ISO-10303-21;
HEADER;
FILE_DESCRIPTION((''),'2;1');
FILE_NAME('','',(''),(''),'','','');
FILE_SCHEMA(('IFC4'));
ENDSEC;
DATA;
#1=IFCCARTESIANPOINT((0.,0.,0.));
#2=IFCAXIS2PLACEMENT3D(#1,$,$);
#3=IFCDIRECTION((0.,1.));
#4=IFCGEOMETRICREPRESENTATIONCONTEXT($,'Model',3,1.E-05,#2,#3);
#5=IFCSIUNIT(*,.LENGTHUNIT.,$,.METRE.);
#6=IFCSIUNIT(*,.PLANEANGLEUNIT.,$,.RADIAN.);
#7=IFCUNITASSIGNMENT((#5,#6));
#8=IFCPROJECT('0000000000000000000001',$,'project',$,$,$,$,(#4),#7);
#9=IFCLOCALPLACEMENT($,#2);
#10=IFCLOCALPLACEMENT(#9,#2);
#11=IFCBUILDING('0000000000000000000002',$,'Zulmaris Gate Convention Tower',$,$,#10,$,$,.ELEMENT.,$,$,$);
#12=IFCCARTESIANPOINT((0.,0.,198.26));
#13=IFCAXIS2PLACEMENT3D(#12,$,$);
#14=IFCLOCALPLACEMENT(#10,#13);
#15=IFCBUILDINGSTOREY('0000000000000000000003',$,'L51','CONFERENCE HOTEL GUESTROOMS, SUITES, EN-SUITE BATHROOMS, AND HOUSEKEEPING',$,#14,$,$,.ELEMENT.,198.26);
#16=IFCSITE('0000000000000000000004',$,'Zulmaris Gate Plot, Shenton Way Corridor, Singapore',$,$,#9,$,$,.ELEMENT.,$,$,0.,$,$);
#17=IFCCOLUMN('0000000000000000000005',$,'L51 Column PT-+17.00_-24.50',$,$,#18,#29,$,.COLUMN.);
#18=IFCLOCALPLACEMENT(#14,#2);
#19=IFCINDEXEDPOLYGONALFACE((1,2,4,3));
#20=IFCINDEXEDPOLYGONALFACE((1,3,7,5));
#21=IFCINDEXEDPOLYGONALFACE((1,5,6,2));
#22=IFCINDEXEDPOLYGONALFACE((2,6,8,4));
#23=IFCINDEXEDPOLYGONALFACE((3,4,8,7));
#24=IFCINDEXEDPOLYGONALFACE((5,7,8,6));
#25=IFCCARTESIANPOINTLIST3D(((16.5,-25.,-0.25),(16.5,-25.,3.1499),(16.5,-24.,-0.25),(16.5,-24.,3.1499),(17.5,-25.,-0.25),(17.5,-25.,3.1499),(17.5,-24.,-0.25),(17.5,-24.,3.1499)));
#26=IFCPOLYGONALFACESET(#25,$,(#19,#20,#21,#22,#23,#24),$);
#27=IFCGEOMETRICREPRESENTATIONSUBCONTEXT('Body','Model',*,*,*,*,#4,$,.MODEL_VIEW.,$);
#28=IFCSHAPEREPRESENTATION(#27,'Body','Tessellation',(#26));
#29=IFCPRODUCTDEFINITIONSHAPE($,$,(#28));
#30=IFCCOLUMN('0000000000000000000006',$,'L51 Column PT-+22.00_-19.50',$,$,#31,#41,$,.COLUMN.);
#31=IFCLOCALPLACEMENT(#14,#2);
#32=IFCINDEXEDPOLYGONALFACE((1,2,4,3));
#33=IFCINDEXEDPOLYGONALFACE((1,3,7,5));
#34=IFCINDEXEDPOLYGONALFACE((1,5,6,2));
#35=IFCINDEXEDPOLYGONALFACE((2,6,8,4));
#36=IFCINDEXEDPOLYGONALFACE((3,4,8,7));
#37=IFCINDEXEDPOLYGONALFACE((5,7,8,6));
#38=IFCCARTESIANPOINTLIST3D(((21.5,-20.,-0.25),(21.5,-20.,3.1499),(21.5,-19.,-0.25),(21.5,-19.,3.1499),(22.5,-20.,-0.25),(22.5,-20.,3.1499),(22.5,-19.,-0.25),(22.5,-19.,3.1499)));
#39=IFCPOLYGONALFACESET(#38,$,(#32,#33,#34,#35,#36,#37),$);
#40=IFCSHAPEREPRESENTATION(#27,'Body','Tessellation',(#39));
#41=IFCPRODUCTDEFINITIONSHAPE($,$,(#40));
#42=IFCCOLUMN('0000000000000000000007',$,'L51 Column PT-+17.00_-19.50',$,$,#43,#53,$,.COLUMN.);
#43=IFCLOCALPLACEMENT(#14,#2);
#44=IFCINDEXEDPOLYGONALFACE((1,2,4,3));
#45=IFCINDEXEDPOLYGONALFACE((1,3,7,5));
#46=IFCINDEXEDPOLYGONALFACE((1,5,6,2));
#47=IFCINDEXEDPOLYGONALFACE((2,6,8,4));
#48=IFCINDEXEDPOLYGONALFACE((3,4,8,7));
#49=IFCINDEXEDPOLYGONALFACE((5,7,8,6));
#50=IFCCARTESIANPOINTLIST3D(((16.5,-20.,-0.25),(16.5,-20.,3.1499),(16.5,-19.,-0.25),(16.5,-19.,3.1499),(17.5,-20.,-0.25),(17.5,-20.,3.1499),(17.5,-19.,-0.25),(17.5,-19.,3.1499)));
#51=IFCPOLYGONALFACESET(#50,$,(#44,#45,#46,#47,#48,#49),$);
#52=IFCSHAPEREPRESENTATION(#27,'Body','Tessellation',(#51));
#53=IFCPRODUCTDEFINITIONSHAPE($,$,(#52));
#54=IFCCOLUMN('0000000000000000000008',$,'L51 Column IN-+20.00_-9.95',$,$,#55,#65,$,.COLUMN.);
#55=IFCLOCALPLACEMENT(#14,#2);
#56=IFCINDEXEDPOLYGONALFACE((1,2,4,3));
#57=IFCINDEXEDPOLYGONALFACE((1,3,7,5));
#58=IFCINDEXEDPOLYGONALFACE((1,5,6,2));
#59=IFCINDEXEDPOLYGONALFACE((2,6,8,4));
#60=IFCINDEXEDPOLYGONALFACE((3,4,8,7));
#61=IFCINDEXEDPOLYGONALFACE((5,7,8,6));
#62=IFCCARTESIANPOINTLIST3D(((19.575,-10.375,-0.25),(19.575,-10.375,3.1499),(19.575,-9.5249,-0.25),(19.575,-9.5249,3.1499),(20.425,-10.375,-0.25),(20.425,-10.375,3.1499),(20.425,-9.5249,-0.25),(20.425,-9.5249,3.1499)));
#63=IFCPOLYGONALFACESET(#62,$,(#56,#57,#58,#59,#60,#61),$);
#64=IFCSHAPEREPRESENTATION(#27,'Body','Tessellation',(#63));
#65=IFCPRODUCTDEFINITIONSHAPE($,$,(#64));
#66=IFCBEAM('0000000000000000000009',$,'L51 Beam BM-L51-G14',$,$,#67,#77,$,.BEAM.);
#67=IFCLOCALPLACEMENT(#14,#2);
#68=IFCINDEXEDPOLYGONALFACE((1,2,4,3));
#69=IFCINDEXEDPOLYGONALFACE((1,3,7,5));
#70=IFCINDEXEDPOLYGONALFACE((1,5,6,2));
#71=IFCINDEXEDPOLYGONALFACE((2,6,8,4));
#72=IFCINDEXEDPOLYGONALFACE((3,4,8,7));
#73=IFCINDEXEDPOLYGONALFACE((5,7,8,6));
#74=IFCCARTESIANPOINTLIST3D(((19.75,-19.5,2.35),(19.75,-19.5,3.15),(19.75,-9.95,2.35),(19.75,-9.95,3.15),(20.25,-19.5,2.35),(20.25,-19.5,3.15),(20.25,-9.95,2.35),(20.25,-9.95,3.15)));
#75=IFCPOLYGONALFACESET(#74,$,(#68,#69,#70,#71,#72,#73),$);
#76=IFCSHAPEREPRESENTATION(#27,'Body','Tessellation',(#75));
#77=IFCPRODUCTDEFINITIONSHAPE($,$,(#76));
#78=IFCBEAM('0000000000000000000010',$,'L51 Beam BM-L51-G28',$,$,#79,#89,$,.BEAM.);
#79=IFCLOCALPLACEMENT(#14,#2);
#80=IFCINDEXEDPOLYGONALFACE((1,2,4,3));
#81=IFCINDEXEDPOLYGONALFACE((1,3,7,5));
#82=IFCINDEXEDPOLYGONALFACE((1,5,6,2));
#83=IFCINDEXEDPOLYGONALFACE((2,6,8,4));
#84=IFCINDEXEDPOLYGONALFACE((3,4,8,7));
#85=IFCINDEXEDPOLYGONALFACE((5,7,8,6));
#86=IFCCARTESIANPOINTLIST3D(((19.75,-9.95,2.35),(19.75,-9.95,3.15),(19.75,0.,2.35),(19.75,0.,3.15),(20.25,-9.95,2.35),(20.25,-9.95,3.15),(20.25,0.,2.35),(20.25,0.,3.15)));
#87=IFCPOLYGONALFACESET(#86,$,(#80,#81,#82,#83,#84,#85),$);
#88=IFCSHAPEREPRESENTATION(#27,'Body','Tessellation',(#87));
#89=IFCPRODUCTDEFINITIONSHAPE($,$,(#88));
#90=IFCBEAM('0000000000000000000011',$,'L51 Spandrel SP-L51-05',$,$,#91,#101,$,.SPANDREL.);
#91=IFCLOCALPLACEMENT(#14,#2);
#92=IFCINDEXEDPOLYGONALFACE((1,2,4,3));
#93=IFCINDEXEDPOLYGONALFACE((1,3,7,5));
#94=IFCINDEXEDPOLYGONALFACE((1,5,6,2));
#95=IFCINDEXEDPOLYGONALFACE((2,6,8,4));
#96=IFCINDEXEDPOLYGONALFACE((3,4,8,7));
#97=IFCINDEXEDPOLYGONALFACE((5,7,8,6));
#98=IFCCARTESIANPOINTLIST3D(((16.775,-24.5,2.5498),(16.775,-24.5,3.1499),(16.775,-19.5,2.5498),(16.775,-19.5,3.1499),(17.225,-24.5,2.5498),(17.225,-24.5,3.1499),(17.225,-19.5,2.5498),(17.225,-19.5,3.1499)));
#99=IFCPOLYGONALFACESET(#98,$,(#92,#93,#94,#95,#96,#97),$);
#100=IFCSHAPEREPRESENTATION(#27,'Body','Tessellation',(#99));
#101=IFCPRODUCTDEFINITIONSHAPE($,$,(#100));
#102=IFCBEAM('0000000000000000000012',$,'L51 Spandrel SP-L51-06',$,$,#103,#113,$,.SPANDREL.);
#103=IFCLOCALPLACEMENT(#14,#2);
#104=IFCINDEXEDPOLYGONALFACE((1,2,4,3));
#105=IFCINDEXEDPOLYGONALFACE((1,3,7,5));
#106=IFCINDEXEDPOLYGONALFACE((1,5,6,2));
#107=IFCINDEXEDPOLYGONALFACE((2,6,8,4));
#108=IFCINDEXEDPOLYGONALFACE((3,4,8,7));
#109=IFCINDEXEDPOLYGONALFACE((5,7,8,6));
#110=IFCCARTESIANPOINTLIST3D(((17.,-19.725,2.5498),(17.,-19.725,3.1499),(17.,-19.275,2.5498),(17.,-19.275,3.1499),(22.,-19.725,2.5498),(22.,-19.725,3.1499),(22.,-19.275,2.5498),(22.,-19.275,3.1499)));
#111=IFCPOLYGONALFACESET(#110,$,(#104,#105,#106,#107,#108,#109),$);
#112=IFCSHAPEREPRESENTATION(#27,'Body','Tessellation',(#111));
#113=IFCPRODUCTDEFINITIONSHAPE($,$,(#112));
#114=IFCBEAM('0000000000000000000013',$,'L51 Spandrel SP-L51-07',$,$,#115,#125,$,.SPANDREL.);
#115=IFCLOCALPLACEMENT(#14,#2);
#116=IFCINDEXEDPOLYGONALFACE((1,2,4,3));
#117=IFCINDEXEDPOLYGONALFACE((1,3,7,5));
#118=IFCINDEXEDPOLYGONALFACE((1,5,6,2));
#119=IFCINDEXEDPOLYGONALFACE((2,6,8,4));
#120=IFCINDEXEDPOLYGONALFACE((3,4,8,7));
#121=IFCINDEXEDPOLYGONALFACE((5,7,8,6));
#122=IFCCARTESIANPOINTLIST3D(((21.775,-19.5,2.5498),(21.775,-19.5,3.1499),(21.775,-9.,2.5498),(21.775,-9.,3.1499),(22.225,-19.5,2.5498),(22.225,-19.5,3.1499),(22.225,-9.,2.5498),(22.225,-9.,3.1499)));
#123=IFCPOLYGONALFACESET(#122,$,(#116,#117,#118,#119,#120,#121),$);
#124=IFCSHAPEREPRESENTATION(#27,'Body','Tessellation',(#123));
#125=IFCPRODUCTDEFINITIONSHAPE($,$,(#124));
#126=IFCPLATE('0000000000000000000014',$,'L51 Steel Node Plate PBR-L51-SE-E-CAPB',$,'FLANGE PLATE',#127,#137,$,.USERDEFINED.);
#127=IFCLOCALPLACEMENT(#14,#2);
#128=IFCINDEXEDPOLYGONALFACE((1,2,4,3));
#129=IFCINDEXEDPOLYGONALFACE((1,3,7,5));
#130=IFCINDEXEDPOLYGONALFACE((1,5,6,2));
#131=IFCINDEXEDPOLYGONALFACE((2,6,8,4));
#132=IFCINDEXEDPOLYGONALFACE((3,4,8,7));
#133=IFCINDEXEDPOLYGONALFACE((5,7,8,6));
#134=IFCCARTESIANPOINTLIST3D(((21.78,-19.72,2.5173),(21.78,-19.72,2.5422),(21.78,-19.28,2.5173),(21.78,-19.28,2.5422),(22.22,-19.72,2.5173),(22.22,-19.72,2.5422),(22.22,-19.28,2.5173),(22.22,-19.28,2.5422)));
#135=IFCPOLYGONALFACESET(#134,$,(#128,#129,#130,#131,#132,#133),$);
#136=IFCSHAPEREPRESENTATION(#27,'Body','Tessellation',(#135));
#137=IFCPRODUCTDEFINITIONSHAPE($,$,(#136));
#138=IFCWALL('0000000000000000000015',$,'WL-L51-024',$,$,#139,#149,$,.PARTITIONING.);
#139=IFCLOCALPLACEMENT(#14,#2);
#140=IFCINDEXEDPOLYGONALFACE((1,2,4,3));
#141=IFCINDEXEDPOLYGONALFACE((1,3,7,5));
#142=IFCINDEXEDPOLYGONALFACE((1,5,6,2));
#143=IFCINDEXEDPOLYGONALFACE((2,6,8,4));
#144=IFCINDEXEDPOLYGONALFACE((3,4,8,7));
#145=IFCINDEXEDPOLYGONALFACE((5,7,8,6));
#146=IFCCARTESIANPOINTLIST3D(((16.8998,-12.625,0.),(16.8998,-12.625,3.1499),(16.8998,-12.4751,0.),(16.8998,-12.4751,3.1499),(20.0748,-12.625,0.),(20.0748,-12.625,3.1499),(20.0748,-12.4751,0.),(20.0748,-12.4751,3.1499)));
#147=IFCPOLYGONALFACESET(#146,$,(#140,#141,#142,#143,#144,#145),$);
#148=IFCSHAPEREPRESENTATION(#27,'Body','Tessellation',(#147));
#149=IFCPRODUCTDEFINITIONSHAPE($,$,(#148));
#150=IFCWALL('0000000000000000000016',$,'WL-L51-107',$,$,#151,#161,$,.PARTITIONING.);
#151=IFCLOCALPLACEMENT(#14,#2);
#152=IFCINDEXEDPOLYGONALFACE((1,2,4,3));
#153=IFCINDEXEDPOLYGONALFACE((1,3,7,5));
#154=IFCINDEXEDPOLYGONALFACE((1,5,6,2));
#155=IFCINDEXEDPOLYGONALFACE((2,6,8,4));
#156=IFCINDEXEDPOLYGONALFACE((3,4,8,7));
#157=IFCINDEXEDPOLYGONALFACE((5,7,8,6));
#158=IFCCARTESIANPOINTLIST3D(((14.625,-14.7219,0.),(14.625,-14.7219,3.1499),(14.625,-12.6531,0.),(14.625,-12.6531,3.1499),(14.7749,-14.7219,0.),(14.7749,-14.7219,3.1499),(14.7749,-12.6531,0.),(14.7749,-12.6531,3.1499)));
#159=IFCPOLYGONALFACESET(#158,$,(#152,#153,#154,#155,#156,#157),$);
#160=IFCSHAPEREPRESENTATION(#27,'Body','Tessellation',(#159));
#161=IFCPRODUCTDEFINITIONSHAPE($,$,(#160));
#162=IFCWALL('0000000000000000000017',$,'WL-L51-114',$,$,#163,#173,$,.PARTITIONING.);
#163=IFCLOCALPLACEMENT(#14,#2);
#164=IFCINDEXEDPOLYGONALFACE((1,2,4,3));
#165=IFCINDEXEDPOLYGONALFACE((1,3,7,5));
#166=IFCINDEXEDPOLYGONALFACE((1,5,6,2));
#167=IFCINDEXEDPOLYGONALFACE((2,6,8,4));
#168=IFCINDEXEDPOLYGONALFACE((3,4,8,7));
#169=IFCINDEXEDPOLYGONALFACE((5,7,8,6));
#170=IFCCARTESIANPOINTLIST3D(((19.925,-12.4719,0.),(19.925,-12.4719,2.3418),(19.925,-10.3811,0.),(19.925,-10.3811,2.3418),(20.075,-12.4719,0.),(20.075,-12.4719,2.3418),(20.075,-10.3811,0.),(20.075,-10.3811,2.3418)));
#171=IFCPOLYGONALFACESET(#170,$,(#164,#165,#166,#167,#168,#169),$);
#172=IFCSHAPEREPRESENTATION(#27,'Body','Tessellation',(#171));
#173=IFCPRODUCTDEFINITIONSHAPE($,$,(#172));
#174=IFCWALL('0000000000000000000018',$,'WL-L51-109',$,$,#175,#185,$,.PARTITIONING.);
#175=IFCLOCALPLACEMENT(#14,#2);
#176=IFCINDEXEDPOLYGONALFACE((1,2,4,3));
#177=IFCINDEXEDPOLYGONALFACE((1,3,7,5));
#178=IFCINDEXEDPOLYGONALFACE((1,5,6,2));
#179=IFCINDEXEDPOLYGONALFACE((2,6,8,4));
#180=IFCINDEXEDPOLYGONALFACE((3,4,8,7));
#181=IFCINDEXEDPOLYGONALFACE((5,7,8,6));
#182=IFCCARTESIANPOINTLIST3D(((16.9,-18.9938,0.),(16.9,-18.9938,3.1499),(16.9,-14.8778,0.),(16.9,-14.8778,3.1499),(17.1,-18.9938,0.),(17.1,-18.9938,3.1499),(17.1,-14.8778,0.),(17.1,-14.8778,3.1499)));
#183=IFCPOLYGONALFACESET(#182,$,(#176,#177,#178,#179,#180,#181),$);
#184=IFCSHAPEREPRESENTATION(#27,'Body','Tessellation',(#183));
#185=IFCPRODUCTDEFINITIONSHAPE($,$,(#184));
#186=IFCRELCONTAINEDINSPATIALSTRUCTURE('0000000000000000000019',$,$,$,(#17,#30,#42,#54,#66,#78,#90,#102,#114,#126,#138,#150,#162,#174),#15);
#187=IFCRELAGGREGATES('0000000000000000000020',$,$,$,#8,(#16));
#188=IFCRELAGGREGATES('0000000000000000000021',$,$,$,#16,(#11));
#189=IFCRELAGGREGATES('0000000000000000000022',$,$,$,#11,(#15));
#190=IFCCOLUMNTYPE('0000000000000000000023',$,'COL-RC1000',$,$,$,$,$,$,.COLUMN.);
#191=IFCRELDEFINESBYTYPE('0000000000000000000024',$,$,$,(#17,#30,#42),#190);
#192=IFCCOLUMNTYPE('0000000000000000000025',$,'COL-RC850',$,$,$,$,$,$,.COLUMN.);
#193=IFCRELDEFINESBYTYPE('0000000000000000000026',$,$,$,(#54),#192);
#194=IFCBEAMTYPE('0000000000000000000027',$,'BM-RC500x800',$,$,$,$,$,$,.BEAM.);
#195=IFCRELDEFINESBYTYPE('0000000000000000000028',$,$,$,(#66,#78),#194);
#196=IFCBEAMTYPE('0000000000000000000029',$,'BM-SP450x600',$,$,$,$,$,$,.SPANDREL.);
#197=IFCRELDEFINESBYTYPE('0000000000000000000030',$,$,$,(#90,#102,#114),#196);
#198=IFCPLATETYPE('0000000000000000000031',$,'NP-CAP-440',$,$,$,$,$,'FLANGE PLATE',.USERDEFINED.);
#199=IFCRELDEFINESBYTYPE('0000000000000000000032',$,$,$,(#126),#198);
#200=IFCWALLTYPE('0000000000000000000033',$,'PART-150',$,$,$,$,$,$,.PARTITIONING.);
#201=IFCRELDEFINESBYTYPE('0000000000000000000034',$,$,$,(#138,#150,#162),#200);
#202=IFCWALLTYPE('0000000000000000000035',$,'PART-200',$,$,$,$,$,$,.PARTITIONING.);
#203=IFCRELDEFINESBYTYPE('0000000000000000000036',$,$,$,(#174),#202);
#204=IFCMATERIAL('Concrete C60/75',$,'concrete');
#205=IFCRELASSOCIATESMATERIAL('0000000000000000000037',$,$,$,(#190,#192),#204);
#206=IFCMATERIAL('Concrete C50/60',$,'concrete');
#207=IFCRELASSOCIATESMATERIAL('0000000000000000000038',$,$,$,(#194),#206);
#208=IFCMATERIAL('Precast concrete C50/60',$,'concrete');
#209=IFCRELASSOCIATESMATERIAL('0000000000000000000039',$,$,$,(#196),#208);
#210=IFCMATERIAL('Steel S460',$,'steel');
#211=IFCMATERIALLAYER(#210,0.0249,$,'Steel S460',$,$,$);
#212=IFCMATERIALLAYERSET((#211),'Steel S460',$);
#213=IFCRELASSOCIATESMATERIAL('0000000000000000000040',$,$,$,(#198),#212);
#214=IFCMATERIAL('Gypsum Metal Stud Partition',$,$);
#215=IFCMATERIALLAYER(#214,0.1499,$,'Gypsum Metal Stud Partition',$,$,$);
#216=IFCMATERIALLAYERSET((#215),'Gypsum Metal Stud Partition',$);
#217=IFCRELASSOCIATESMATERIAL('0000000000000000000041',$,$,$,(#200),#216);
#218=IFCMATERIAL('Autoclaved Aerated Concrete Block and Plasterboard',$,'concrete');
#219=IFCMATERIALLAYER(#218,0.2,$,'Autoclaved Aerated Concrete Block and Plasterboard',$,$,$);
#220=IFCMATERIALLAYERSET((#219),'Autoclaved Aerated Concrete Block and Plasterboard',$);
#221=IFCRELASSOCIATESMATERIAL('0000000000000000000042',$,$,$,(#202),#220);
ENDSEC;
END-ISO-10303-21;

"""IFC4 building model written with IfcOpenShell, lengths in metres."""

from ifc_helpers import new_model, si_unit, direction, frame, frame_2d, origin, origin_2d, place, context, subcontext, project, spatial, rectangle, extrude, material, layer, layer_set, material_profile, profile_set, type_object, element, save


model = new_model("IFC4")

# Units and contexts
model_context = context("Model", 3, precision=1e-05, world=origin(), true_north=direction((0.0, 1.0)))
body_context = subcontext(model_context, "Body", "Model", "MODEL_VIEW")
ifc_project = project(units=[si_unit("LENGTHUNIT", "METRE"), si_unit("PLANEANGLEUNIT", "RADIAN")], contexts=[model_context])

# Site, building, storey
site_placement = place(None, origin())
site = spatial("IfcSite", under=ifc_project, at=site_placement, Name="Zulmaris Gate Plot, Shenton Way Corridor, Singapore", CompositionType="ELEMENT", RefElevation=0.0)
building_placement = place(site_placement, origin())
building = spatial("IfcBuilding", under=site, at=building_placement, Name="Zulmaris Gate Convention Tower", CompositionType="ELEMENT")
storey_placement = place(building_placement, frame((0.0, 0.0, 198.26)))
storey = spatial("IfcBuildingStorey", under=building, at=storey_placement, Name="L51", Description="CONFERENCE HOTEL GUESTROOMS, SUITES, EN-SUITE BATHROOMS, AND HOUSEKEEPING", CompositionType="ELEMENT", Elevation=198.26)

# Columns
ifc_material_1 = material(Name="Concrete C60/75", Category="concrete")
ifc_material_profile_1 = material_profile(ifc_material_1, rectangle(XDim=1.0, YDim=1.0, at=origin_2d()), Name="RC COL 1000x1000")
ifc_profile_set_1 = profile_set([ifc_material_profile_1], Name="Concrete C60/75")
column_type_1 = type_object("IfcColumnType", Name="COL-RC1000", PredefinedType="COLUMN", material=ifc_profile_set_1)
for number, where, z_axis, x_axis, name in (
    (1, (17.0, -24.5, -0.25), (0.0, 0.0, 1.0), (1.0, 0.0, 0.0), "L51 Column PT-+17.00_-24.50"),
    (2, (22.0, -19.5, -0.25), (0.0, 0.0, 1.0), (1.0, 0.0, 0.0), "L51 Column PT-+22.00_-19.50"),
    (3, (17.0, -19.5, -0.25), (0.0, 0.0, 1.0), (1.0, 0.0, 0.0), "L51 Column PT-+17.00_-19.50"),
):
    element("IfcColumn", number, at=place(storey_placement, frame(where, z_axis=z_axis, x_axis=x_axis)), inside=storey, type_object=column_type_1, Name=name, PredefinedType="COLUMN", context=body_context, shape_type="SweptSolid", body=[
        extrude(rectangle(XDim=1.0, YDim=1.0, at=origin_2d()), origin(), (0.0, 0.0, 1.0), 3.3999),
    ])
ifc_material_profile_2 = material_profile(ifc_material_1, rectangle(XDim=0.8501, YDim=0.8501, at=origin_2d()), Name="RC COL 850x850")
ifc_profile_set_2 = profile_set([ifc_material_profile_2], Name="Concrete C60/75")
column_type_2 = type_object("IfcColumnType", Name="COL-RC850", PredefinedType="COLUMN", material=ifc_profile_set_2)
column_placement = place(storey_placement, frame((20.0, -9.95, -0.25), z_axis=(0.0, 0.0, 1.0), x_axis=(1.0, 0.0, 0.0)))
element("IfcColumn", 4, at=column_placement, inside=storey, type_object=column_type_2, Name="L51 Column IN-+20.00_-9.95", PredefinedType="COLUMN", context=body_context, shape_type="SweptSolid", body=[
    extrude(rectangle(XDim=0.8501, YDim=0.8501, at=origin_2d()), origin(), (0.0, 0.0, 1.0), 3.3999),
])

# Beams
ifc_material_2 = material(Name="Concrete C50/60", Category="concrete")
ifc_material_profile_3 = material_profile(ifc_material_2, rectangle(XDim=0.5, YDim=0.8, at=origin_2d()), Name="RC BEAM 500x800")
ifc_profile_set_3 = profile_set([ifc_material_profile_3], Name="Concrete C50/60")
beam_type_1 = type_object("IfcBeamType", Name="BM-RC500x800", PredefinedType="BEAM", material=ifc_profile_set_3)
beam_1_placement = place(storey_placement, frame((20.0, -19.5, 2.75), z_axis=(0.0, 1.0, 0.0), x_axis=(-1.0, 0.0, 0.0)))
element("IfcBeam", 5, at=beam_1_placement, inside=storey, type_object=beam_type_1, Name="L51 Beam BM-L51-G14", PredefinedType="BEAM", context=body_context, shape_type="SweptSolid", body=[
    extrude(rectangle(XDim=0.5, YDim=0.8, at=origin_2d()), origin(), (0.0, 0.0, 1.0), 9.55),
])
beam_2_placement = place(storey_placement, frame((20.0, -9.95, 2.75), z_axis=(0.0, 1.0, 0.0), x_axis=(-1.0, 0.0, 0.0)))
element("IfcBeam", 6, at=beam_2_placement, inside=storey, type_object=beam_type_1, Name="L51 Beam BM-L51-G28", PredefinedType="BEAM", context=body_context, shape_type="SweptSolid", body=[
    extrude(rectangle(XDim=0.5, YDim=0.8, at=origin_2d()), origin(), (0.0, 0.0, 1.0), 9.95),
])
ifc_material_3 = material(Name="Precast concrete C50/60", Category="concrete")
ifc_material_profile_4 = material_profile(ifc_material_3, rectangle(XDim=0.45, YDim=0.6001, at=origin_2d()), Name="RC SPANDREL 450x600")
ifc_profile_set_4 = profile_set([ifc_material_profile_4], Name="Precast concrete C50/60")
beam_type_2 = type_object("IfcBeamType", Name="BM-SP450x600", PredefinedType="SPANDREL", material=ifc_profile_set_4)
for number, where, z_axis, x_axis, name in (
    (7, (17.0, -24.5, 2.8499), (0.0, 1.0, 0.0), (-1.0, 0.0, 0.0), "L51 Spandrel SP-L51-05"),
    (8, (17.0, -19.5, 2.8499), (1.0, 0.0, 0.0), (0.0, 1.0, 0.0), "L51 Spandrel SP-L51-06"),
):
    element("IfcBeam", number, at=place(storey_placement, frame(where, z_axis=z_axis, x_axis=x_axis)), inside=storey, type_object=beam_type_2, Name=name, PredefinedType="SPANDREL", context=body_context, shape_type="SweptSolid", body=[
        extrude(rectangle(XDim=0.45, YDim=0.6001, at=origin_2d()), origin(), (0.0, 0.0, 1.0), 5.0),
    ])
beam_3_placement = place(storey_placement, frame((22.0, -19.5, 2.8499), z_axis=(0.0, 1.0, 0.0), x_axis=(-1.0, 0.0, 0.0)))
element("IfcBeam", 9, at=beam_3_placement, inside=storey, type_object=beam_type_2, Name="L51 Spandrel SP-L51-07", PredefinedType="SPANDREL", context=body_context, shape_type="SweptSolid", body=[
    extrude(rectangle(XDim=0.45, YDim=0.6001, at=origin_2d()), origin(), (0.0, 0.0, 1.0), 10.5),
])

# Plate
ifc_material_4 = material(Name="Steel S460", Category="steel")
ifc_layer_1 = layer(ifc_material_4, 0.0249, Name="Steel S460")
ifc_layer_set_1 = layer_set([ifc_layer_1], Name="Steel S460")
plate_type = type_object("IfcPlateType", Name="NP-CAP-440", ElementType="FLANGE PLATE", PredefinedType="USERDEFINED", material=ifc_layer_set_1)
plate_placement = place(storey_placement, frame((22.0, -19.5, 2.5173), z_axis=(0.0, 0.0, 1.0), x_axis=(1.0, 0.0, 0.0)))
element("IfcPlate", 10, at=plate_placement, inside=storey, type_object=plate_type, Name="L51 Steel Node Plate PBR-L51-SE-E-CAPB", ObjectType="FLANGE PLATE", PredefinedType="USERDEFINED", context=body_context, shape_type="SweptSolid", body=[
    extrude(rectangle(XDim=0.4399, YDim=0.4399, at=origin_2d()), origin(), (0.0, 0.0, 1.0), 0.0249),
])

# Walls
ifc_material_5 = material(Name="Gypsum Metal Stud Partition")
ifc_layer_2 = layer(ifc_material_5, 0.1499, Name="Gypsum Metal Stud Partition")
ifc_layer_set_2 = layer_set([ifc_layer_2], Name="Gypsum Metal Stud Partition")
wall_type_1 = type_object("IfcWallType", Name="PART-150", PredefinedType="PARTITIONING", material=ifc_layer_set_2)
wall_1_placement = place(storey_placement, frame((16.8999, -12.55, 0.0), z_axis=(0.0, 0.0, 1.0), x_axis=(1.0, 0.0, 0.0)))
element("IfcWall", 11, at=wall_1_placement, inside=storey, type_object=wall_type_1, Name="WL-L51-024", PredefinedType="PARTITIONING", context=body_context, shape_type="SweptSolid", body=[
    extrude(rectangle(XDim=3.175, YDim=0.1499, at=frame_2d((1.5874, 0.0))), origin(), (0.0, 0.0, 1.0), 3.1499),
])
wall_2_placement = place(storey_placement, frame((14.7, -14.7219, 0.0), z_axis=(0.0, 0.0, 1.0), x_axis=(0.0, 1.0, 0.0)))
element("IfcWall", 12, at=wall_2_placement, inside=storey, type_object=wall_type_1, Name="WL-L51-107", PredefinedType="PARTITIONING", context=body_context, shape_type="SweptSolid", body=[
    extrude(rectangle(XDim=2.0688, YDim=0.1499, at=frame_2d((1.0344, 0.0))), origin(), (0.0, 0.0, 1.0), 3.1499),
])
wall_3_placement = place(storey_placement, frame((20.0, -12.4719, 0.0), z_axis=(0.0, 0.0, 1.0), x_axis=(0.0, 1.0, 0.0)))
element("IfcWall", 13, at=wall_3_placement, inside=storey, type_object=wall_type_1, Name="WL-L51-114", PredefinedType="PARTITIONING", context=body_context, shape_type="SweptSolid", body=[
    extrude(rectangle(XDim=2.0908, YDim=0.1499, at=frame_2d((1.0454, 0.0))), origin(), (0.0, 0.0, 1.0), 2.3418),
])
ifc_material_6 = material(Name="Autoclaved Aerated Concrete Block and Plasterboard", Category="concrete")
ifc_layer_3 = layer(ifc_material_6, 0.2, Name="Autoclaved Aerated Concrete Block and Plasterboard")
ifc_layer_set_3 = layer_set([ifc_layer_3], Name="Autoclaved Aerated Concrete Block and Plasterboard")
wall_type_2 = type_object("IfcWallType", Name="PART-200", PredefinedType="PARTITIONING", material=ifc_layer_set_3)
wall_4_placement = place(storey_placement, frame((17.0, -18.9939, 0.0), z_axis=(0.0, 0.0, 1.0), x_axis=(0.0, 1.0, 0.0)))
element("IfcWall", 14, at=wall_4_placement, inside=storey, type_object=wall_type_2, Name="WL-L51-109", PredefinedType="PARTITIONING", context=body_context, shape_type="SweptSolid", body=[
    extrude(rectangle(XDim=4.116, YDim=0.2, at=frame_2d((2.0581, 0.0))), origin(), (0.0, 0.0, 1.0), 3.1499),
])

save(model, "model.ifc")
